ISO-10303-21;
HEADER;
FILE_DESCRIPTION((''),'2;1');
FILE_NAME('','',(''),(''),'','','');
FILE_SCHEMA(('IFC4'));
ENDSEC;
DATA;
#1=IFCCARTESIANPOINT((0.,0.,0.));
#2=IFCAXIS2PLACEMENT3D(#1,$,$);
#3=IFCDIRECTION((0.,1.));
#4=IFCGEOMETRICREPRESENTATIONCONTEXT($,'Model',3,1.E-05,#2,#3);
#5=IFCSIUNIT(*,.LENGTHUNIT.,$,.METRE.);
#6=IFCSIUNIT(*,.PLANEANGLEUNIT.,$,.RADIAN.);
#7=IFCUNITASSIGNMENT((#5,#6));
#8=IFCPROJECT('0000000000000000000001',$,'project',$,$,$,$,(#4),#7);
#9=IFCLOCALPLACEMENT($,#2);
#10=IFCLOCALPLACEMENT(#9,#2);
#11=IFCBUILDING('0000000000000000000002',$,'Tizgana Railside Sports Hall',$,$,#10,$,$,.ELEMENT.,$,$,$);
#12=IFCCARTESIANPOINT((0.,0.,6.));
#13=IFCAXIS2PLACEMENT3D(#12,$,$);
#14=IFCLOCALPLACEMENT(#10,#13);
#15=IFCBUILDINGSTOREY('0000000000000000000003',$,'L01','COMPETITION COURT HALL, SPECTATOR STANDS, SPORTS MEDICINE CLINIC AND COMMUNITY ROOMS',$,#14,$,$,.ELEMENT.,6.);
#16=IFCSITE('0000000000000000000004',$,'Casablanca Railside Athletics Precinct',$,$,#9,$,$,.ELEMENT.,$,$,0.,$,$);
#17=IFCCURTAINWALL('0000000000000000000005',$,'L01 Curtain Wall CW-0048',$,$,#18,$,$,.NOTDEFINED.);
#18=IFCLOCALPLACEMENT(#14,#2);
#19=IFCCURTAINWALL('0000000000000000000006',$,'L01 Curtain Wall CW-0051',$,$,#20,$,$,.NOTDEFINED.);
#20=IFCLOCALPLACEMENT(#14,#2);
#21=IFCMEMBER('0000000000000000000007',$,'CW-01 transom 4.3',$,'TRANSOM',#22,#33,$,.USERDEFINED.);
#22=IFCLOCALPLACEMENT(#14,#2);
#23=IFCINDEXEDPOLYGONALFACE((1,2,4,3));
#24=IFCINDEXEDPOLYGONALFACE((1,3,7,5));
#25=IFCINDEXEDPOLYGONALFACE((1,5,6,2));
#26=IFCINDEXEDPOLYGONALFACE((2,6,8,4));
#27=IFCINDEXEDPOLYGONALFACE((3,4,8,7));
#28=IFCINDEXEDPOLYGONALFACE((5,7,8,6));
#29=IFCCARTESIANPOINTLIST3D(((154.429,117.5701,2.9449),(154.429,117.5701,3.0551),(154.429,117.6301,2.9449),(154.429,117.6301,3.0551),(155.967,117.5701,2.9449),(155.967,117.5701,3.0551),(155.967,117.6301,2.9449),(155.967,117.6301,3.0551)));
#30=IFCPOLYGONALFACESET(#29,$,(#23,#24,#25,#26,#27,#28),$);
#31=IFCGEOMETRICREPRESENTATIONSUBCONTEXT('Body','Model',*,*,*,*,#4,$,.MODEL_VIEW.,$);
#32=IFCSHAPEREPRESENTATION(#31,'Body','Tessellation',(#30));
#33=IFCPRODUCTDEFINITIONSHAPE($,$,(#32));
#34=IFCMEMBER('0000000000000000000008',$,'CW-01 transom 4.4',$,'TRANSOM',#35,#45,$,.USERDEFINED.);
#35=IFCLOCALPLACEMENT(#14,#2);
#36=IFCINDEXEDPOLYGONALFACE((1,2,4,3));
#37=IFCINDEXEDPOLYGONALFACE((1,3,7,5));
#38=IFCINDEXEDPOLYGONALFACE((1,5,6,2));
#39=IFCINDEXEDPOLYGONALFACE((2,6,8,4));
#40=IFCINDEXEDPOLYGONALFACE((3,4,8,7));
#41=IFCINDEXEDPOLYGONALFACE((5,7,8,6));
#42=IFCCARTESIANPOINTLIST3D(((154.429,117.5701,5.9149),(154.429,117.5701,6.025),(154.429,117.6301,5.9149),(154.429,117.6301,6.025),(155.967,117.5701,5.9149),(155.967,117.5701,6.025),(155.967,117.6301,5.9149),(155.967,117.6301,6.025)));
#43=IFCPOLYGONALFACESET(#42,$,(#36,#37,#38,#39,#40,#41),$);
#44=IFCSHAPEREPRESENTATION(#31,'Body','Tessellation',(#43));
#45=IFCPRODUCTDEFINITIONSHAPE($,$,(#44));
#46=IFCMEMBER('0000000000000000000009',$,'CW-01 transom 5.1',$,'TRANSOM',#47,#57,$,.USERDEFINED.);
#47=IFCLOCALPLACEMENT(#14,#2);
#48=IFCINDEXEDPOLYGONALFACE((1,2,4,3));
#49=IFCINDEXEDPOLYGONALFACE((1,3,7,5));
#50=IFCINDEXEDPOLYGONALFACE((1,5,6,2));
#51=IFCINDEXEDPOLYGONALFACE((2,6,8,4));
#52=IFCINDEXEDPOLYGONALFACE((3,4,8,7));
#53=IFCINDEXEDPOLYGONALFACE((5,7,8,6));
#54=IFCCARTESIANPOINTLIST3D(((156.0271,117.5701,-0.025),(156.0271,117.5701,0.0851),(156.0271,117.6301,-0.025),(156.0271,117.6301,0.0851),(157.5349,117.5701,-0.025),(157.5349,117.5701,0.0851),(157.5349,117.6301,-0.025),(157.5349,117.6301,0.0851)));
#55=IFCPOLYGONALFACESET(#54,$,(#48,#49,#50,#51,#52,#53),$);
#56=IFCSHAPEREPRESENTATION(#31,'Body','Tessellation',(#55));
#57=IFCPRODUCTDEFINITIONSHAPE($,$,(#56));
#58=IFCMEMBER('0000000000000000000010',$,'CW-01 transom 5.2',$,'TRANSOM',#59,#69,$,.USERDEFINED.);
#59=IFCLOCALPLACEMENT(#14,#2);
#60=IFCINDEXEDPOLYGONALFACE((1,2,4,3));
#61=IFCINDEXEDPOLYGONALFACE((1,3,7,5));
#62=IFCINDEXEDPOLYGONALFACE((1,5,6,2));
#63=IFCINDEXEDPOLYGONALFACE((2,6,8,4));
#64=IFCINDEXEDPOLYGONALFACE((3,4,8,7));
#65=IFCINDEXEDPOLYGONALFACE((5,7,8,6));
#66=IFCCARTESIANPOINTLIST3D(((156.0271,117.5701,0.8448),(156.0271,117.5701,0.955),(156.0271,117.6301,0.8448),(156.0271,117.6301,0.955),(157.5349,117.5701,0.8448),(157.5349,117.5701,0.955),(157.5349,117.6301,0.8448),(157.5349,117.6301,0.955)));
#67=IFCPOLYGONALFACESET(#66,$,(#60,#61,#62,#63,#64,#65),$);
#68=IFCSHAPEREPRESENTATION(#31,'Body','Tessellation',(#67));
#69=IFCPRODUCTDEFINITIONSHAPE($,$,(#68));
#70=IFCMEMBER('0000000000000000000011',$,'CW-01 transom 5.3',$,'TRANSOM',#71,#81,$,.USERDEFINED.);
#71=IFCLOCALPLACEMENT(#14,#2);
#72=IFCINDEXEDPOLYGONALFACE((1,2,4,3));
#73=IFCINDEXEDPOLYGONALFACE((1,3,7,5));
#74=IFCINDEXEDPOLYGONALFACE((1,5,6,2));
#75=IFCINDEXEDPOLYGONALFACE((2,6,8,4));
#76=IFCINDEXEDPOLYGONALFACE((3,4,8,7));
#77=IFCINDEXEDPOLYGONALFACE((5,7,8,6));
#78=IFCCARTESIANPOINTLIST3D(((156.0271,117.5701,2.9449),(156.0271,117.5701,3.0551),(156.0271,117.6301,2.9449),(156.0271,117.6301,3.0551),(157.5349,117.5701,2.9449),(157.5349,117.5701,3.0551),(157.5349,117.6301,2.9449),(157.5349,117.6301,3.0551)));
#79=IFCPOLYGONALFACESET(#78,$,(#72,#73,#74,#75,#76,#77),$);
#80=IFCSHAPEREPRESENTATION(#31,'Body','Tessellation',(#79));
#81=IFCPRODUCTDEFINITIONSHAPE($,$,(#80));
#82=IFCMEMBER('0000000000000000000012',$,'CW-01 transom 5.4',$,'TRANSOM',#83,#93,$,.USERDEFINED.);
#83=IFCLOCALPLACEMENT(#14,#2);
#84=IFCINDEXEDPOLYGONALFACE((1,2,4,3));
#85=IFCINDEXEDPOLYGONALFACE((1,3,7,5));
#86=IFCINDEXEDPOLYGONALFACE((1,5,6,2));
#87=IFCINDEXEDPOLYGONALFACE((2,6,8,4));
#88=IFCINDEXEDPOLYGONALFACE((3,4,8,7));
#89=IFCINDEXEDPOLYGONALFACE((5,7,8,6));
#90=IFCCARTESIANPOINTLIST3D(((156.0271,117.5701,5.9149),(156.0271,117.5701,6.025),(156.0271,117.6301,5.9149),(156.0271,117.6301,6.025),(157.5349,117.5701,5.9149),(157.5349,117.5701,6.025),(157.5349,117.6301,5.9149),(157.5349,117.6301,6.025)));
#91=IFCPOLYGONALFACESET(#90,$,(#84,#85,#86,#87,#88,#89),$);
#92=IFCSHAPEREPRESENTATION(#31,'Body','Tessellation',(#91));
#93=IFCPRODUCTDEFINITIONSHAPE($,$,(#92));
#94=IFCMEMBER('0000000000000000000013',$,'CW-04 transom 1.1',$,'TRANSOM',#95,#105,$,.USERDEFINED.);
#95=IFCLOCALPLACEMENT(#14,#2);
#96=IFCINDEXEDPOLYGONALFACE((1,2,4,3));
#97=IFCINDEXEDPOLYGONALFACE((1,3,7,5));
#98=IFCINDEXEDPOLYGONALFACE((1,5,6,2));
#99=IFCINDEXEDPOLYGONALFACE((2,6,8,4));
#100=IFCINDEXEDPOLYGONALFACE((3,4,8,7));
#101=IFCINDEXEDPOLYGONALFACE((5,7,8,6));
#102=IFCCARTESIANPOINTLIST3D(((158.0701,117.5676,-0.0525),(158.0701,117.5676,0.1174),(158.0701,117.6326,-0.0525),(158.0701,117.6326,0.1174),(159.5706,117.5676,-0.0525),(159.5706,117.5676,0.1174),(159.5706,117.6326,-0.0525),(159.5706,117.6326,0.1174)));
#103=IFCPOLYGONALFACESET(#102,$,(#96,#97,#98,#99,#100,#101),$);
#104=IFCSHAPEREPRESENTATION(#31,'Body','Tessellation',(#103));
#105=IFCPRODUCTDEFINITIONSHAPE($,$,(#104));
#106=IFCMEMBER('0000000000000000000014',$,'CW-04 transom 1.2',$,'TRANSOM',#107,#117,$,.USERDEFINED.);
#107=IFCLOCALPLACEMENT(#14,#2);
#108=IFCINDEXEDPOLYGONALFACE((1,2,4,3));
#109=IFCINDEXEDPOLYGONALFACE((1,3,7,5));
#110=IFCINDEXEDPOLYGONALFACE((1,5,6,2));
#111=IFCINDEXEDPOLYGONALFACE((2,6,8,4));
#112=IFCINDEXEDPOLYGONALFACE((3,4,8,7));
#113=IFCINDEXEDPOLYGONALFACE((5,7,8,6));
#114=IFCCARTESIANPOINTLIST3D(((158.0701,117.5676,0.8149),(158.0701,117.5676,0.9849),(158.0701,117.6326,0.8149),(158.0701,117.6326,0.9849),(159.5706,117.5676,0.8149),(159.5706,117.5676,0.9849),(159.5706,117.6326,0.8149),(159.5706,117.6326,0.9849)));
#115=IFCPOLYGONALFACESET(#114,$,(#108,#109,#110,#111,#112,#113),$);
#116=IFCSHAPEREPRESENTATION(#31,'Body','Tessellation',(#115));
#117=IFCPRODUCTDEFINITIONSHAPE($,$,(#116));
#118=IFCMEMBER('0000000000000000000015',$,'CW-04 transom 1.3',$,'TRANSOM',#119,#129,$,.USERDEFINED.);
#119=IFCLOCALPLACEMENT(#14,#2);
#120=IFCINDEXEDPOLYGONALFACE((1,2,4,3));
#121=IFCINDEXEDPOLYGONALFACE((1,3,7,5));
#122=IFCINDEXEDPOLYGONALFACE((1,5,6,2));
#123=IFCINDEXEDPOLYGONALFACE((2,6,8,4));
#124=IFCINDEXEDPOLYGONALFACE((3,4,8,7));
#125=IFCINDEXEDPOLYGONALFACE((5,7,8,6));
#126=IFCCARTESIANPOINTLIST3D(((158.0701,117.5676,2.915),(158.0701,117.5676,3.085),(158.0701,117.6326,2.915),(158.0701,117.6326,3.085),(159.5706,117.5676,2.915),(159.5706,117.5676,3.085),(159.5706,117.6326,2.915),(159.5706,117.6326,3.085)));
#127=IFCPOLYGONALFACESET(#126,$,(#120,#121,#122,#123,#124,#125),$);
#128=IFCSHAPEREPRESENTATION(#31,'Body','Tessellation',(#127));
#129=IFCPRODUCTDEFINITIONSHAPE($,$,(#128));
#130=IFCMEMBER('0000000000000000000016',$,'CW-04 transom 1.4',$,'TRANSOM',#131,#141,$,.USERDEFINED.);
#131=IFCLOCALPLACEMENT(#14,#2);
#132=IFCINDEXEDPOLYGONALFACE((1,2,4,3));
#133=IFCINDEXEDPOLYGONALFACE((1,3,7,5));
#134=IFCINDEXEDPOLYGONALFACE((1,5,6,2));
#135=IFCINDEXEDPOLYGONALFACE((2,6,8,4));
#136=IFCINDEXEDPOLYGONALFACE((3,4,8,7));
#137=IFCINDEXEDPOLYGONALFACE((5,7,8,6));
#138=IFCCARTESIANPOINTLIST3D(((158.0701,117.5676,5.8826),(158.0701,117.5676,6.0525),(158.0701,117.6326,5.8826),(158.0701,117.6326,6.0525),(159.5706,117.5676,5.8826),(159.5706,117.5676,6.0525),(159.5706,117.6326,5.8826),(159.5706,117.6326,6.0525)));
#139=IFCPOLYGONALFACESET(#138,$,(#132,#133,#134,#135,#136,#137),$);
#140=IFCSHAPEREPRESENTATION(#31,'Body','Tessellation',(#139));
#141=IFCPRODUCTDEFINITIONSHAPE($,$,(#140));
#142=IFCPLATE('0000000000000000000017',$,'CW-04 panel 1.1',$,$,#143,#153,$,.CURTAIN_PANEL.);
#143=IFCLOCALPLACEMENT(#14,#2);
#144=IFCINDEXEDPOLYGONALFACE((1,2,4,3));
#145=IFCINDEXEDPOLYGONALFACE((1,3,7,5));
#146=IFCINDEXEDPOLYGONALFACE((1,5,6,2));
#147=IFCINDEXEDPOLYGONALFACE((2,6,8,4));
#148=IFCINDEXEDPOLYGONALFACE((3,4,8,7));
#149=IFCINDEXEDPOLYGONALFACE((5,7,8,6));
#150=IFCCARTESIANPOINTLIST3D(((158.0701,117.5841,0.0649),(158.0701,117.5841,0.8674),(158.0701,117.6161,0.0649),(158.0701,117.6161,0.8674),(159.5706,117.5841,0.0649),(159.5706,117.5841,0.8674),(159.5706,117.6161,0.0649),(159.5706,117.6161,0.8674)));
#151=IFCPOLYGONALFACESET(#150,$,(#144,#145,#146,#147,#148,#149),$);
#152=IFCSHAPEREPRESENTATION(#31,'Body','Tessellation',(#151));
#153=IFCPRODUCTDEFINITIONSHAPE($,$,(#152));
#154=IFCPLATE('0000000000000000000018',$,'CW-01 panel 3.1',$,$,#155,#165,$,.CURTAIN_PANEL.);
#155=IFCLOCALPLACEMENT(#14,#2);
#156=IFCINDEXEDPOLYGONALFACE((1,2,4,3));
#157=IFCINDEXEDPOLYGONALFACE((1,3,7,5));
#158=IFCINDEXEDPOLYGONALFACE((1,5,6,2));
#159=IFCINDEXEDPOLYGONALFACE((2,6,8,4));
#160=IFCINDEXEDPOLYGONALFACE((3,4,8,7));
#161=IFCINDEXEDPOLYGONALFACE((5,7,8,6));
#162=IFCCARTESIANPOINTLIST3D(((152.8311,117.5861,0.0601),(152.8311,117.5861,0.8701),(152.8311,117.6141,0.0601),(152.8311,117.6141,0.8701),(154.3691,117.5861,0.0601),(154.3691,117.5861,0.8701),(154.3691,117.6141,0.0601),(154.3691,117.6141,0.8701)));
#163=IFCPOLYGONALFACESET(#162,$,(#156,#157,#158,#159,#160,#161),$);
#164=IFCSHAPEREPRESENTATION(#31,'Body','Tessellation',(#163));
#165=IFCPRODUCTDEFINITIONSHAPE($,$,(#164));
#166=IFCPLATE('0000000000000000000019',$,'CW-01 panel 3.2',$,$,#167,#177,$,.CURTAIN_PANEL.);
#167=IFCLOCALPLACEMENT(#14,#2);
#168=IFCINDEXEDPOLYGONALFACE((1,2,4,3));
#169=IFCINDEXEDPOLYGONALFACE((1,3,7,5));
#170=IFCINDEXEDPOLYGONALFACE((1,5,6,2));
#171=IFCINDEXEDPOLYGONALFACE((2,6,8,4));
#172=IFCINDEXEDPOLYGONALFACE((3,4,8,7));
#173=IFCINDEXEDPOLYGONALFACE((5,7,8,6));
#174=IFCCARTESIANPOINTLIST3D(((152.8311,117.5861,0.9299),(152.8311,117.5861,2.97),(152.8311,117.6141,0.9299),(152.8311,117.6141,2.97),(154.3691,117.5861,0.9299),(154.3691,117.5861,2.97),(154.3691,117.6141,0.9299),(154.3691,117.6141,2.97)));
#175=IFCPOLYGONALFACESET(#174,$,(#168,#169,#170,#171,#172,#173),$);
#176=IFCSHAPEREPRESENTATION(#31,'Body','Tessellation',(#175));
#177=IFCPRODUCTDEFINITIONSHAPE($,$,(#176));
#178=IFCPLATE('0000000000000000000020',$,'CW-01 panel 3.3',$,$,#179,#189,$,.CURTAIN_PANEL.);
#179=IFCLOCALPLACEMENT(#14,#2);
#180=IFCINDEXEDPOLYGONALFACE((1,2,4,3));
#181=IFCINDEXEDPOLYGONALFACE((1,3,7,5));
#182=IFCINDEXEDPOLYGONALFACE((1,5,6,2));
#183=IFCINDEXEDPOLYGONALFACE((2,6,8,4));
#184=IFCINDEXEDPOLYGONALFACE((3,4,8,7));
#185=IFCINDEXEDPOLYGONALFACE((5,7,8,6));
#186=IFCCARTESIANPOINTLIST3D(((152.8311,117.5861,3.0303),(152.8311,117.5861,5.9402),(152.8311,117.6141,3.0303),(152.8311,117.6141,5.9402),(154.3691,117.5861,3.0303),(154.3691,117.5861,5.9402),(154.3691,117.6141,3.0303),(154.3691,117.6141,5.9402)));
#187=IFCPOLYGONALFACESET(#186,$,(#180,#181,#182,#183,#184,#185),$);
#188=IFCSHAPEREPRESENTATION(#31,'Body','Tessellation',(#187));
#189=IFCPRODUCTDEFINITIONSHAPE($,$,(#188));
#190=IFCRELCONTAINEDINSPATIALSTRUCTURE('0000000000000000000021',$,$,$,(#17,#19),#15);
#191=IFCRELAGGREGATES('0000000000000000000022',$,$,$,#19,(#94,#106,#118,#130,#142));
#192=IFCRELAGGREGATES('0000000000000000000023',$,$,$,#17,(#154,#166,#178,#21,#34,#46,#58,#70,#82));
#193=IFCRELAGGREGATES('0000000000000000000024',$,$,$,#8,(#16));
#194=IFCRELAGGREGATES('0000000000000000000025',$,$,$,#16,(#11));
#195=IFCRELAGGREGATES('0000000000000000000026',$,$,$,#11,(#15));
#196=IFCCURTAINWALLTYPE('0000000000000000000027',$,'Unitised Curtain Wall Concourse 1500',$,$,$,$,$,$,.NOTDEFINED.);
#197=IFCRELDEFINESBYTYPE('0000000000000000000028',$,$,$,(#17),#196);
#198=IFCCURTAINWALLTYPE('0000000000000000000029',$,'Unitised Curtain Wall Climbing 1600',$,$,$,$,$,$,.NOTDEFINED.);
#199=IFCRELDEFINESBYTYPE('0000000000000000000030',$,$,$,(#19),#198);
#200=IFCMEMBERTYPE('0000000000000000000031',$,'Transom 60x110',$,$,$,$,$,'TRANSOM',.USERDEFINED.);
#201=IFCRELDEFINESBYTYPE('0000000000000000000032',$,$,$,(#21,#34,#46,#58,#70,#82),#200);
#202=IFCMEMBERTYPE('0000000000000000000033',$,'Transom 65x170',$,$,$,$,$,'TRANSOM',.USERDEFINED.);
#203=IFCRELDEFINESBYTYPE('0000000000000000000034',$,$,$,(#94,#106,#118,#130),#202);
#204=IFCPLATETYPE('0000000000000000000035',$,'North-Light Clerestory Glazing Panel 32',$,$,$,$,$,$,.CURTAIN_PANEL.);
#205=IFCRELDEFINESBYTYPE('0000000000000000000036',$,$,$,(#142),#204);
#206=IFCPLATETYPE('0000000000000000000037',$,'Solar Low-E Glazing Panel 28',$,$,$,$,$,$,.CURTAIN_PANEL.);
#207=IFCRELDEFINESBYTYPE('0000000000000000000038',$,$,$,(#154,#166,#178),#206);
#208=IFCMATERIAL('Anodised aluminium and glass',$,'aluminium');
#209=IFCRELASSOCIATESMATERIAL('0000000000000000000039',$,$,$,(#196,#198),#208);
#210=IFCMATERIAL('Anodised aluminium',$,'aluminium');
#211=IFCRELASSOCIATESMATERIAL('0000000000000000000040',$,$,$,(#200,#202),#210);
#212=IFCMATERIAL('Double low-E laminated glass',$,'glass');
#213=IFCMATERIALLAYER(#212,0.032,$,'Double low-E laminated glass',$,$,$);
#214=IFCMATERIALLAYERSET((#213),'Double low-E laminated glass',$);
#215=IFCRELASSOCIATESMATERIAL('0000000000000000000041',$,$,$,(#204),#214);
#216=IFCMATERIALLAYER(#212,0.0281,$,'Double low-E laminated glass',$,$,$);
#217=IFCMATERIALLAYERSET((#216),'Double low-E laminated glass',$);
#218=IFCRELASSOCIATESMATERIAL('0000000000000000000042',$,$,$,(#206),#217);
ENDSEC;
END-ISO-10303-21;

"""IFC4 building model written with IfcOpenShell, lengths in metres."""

from ifc_helpers import new_model, si_unit, direction, frame, origin, origin_2d, place, context, subcontext, project, spatial, rectangle, extrude, material, layer, layer_set, material_profile, profile_set, type_object, element, aggregate, save


model = new_model("IFC4")

# Units and contexts
model_context = context("Model", 3, precision=1e-05, world=origin(), true_north=direction((0.0, 1.0)))
body_context = subcontext(model_context, "Body", "Model", "MODEL_VIEW")
ifc_project = project(units=[si_unit("LENGTHUNIT", "METRE"), si_unit("PLANEANGLEUNIT", "RADIAN")], contexts=[model_context])

# Site, building, storey
site_placement = place(None, origin())
site = spatial("IfcSite", under=ifc_project, at=site_placement, Name="Casablanca Railside Athletics Precinct", CompositionType="ELEMENT", RefElevation=0.0)
building_placement = place(site_placement, origin())
building = spatial("IfcBuilding", under=site, at=building_placement, Name="Tizgana Railside Sports Hall", CompositionType="ELEMENT")
storey_placement = place(building_placement, frame((0.0, 0.0, 6.0)))
storey = spatial("IfcBuildingStorey", under=building, at=storey_placement, Name="L01", Description="COMPETITION COURT HALL, SPECTATOR STANDS, SPORTS MEDICINE CLINIC AND COMMUNITY ROOMS", CompositionType="ELEMENT", Elevation=6.0)

# Curtain wall
ifc_material_1 = material(Name="Anodised aluminium and glass", Category="aluminium")
curtain_wall_type_1 = type_object("IfcCurtainWallType", Name="Unitised Curtain Wall Concourse 1500", PredefinedType="NOTDEFINED", material=ifc_material_1)
curtain_wall_1_placement = place(storey_placement, origin())
curtain_wall_1 = element("IfcCurtainWall", 1, at=curtain_wall_1_placement, inside=storey, type_object=curtain_wall_type_1, Name="L01 Curtain Wall CW-0048", PredefinedType="NOTDEFINED")
ifc_material_2 = material(Name="Anodised aluminium", Category="aluminium")

# Curtain wall
curtain_wall_type_2 = type_object("IfcCurtainWallType", Name="Unitised Curtain Wall Climbing 1600", PredefinedType="NOTDEFINED", material=ifc_material_1)
curtain_wall_2_placement = place(storey_placement, origin())
curtain_wall_2 = element("IfcCurtainWall", 2, at=curtain_wall_2_placement, inside=storey, type_object=curtain_wall_type_2, Name="L01 Curtain Wall CW-0051", PredefinedType="NOTDEFINED")

# Members
ifc_material_profile_1 = material_profile(ifc_material_2, rectangle(XDim=0.0601, YDim=0.1101, at=origin_2d()), Name="Transom 60x110")
ifc_profile_set_1 = profile_set([ifc_material_profile_1], Name="Anodised aluminium")
member_type_1 = type_object("IfcMemberType", Name="Transom 60x110", ElementType="TRANSOM", PredefinedType="USERDEFINED", material=ifc_profile_set_1)
member_1_placement = place(storey_placement, frame((154.429, 117.6001, 3.0), z_axis=(1.0, 0.0, 0.0), x_axis=(0.0, 1.0, 0.0)))
member_1 = element("IfcMember", 3, at=member_1_placement, type_object=member_type_1, Name="CW-01 transom 4.3", ObjectType="TRANSOM", PredefinedType="USERDEFINED", context=body_context, shape_type="SweptSolid", body=[
    extrude(rectangle(XDim=0.0601, YDim=0.1101, at=origin_2d()), origin(), (0.0, 0.0, 1.0), 1.5381),
])
member_2_placement = place(storey_placement, frame((154.429, 117.6001, 5.97), z_axis=(1.0, 0.0, 0.0), x_axis=(0.0, 1.0, 0.0)))
member_2 = element("IfcMember", 4, at=member_2_placement, type_object=member_type_1, Name="CW-01 transom 4.4", ObjectType="TRANSOM", PredefinedType="USERDEFINED", context=body_context, shape_type="SweptSolid", body=[
    extrude(rectangle(XDim=0.0601, YDim=0.1101, at=origin_2d()), origin(), (0.0, 0.0, 1.0), 1.5381),
])
member_3_placement = place(storey_placement, frame((156.0271, 117.6001, 0.03), z_axis=(1.0, 0.0, 0.0), x_axis=(0.0, 1.0, 0.0)))
member_3 = element("IfcMember", 5, at=member_3_placement, type_object=member_type_1, Name="CW-01 transom 5.1", ObjectType="TRANSOM", PredefinedType="USERDEFINED", context=body_context, shape_type="SweptSolid", body=[
    extrude(rectangle(XDim=0.0601, YDim=0.1101, at=origin_2d()), origin(), (0.0, 0.0, 1.0), 1.5078),
])
member_4_placement = place(storey_placement, frame((156.0271, 117.6001, 0.8999), z_axis=(1.0, 0.0, 0.0), x_axis=(0.0, 1.0, 0.0)))
member_4 = element("IfcMember", 6, at=member_4_placement, type_object=member_type_1, Name="CW-01 transom 5.2", ObjectType="TRANSOM", PredefinedType="USERDEFINED", context=body_context, shape_type="SweptSolid", body=[
    extrude(rectangle(XDim=0.0601, YDim=0.1101, at=origin_2d()), origin(), (0.0, 0.0, 1.0), 1.5078),
])
member_5_placement = place(storey_placement, frame((156.0271, 117.6001, 3.0), z_axis=(1.0, 0.0, 0.0), x_axis=(0.0, 1.0, 0.0)))
member_5 = element("IfcMember", 7, at=member_5_placement, type_object=member_type_1, Name="CW-01 transom 5.3", ObjectType="TRANSOM", PredefinedType="USERDEFINED", context=body_context, shape_type="SweptSolid", body=[
    extrude(rectangle(XDim=0.0601, YDim=0.1101, at=origin_2d()), origin(), (0.0, 0.0, 1.0), 1.5078),
])
member_6_placement = place(storey_placement, frame((156.0271, 117.6001, 5.97), z_axis=(1.0, 0.0, 0.0), x_axis=(0.0, 1.0, 0.0)))
member_6 = element("IfcMember", 8, at=member_6_placement, type_object=member_type_1, Name="CW-01 transom 5.4", ObjectType="TRANSOM", PredefinedType="USERDEFINED", context=body_context, shape_type="SweptSolid", body=[
    extrude(rectangle(XDim=0.0601, YDim=0.1101, at=origin_2d()), origin(), (0.0, 0.0, 1.0), 1.5078),
])
ifc_material_profile_2 = material_profile(ifc_material_2, rectangle(XDim=0.0649, YDim=0.1699, at=origin_2d()), Name="Transom 65x170")
ifc_profile_set_2 = profile_set([ifc_material_profile_2], Name="Anodised aluminium")
member_type_2 = type_object("IfcMemberType", Name="Transom 65x170", ElementType="TRANSOM", PredefinedType="USERDEFINED", material=ifc_profile_set_2)
member_7_placement = place(storey_placement, frame((158.0701, 117.6001, 0.0325), z_axis=(1.0, 0.0, 0.0), x_axis=(0.0, 1.0, 0.0)))
member_7 = element("IfcMember", 9, at=member_7_placement, type_object=member_type_2, Name="CW-04 transom 1.1", ObjectType="TRANSOM", PredefinedType="USERDEFINED", context=body_context, shape_type="SweptSolid", body=[
    extrude(rectangle(XDim=0.0649, YDim=0.1699, at=origin_2d()), origin(), (0.0, 0.0, 1.0), 1.5005),
])
member_8_placement = place(storey_placement, frame((158.0701, 117.6001, 0.8999), z_axis=(1.0, 0.0, 0.0), x_axis=(0.0, 1.0, 0.0)))
member_8 = element("IfcMember", 10, at=member_8_placement, type_object=member_type_2, Name="CW-04 transom 1.2", ObjectType="TRANSOM", PredefinedType="USERDEFINED", context=body_context, shape_type="SweptSolid", body=[
    extrude(rectangle(XDim=0.0649, YDim=0.1699, at=origin_2d()), origin(), (0.0, 0.0, 1.0), 1.5005),
])
member_9_placement = place(storey_placement, frame((158.0701, 117.6001, 3.0), z_axis=(1.0, 0.0, 0.0), x_axis=(0.0, 1.0, 0.0)))
member_9 = element("IfcMember", 11, at=member_9_placement, type_object=member_type_2, Name="CW-04 transom 1.3", ObjectType="TRANSOM", PredefinedType="USERDEFINED", context=body_context, shape_type="SweptSolid", body=[
    extrude(rectangle(XDim=0.0649, YDim=0.1699, at=origin_2d()), origin(), (0.0, 0.0, 1.0), 1.5005),
])
member_10_placement = place(storey_placement, frame((158.0701, 117.6001, 5.9675), z_axis=(1.0, 0.0, 0.0), x_axis=(0.0, 1.0, 0.0)))
member_10 = element("IfcMember", 12, at=member_10_placement, type_object=member_type_2, Name="CW-04 transom 1.4", ObjectType="TRANSOM", PredefinedType="USERDEFINED", context=body_context, shape_type="SweptSolid", body=[
    extrude(rectangle(XDim=0.0649, YDim=0.1699, at=origin_2d()), origin(), (0.0, 0.0, 1.0), 1.5005),
])

# Plates
ifc_material_3 = material(Name="Double low-E laminated glass", Category="glass")
ifc_layer_1 = layer(ifc_material_3, 0.032, Name="Double low-E laminated glass")
ifc_layer_set_1 = layer_set([ifc_layer_1], Name="Double low-E laminated glass")
plate_type_1 = type_object("IfcPlateType", Name="North-Light Clerestory Glazing Panel 32", PredefinedType="CURTAIN_PANEL", material=ifc_layer_set_1)
plate_1_placement = place(storey_placement, frame((158.8203, 117.6001, 0.0649), z_axis=(0.0, 0.0, 1.0), x_axis=(1.0, 0.0, 0.0)))
plate_1 = element("IfcPlate", 13, at=plate_1_placement, type_object=plate_type_1, Name="CW-04 panel 1.1", PredefinedType="CURTAIN_PANEL", context=body_context, shape_type="SweptSolid", body=[
    extrude(rectangle(XDim=1.5005, YDim=0.032, at=origin_2d()), origin(), (0.0, 0.0, 1.0), 0.8025),
])
aggregate(curtain_wall_2, [member_7, member_8, member_9, member_10, plate_1])
ifc_layer_2 = layer(ifc_material_3, 0.0281, Name="Double low-E laminated glass")
ifc_layer_set_2 = layer_set([ifc_layer_2], Name="Double low-E laminated glass")
plate_type_2 = type_object("IfcPlateType", Name="Solar Low-E Glazing Panel 28", PredefinedType="CURTAIN_PANEL", material=ifc_layer_set_2)
plate_2_placement = place(storey_placement, frame((153.6001, 117.6001, 0.0601), z_axis=(0.0, 0.0, 1.0), x_axis=(1.0, 0.0, 0.0)))
plate_2 = element("IfcPlate", 14, at=plate_2_placement, type_object=plate_type_2, Name="CW-01 panel 3.1", PredefinedType="CURTAIN_PANEL", context=body_context, shape_type="SweptSolid", body=[
    extrude(rectangle(XDim=1.5381, YDim=0.0281, at=origin_2d()), origin(), (0.0, 0.0, 1.0), 0.8101),
])
plate_3_placement = place(storey_placement, frame((153.6001, 117.6001, 0.9299), z_axis=(0.0, 0.0, 1.0), x_axis=(1.0, 0.0, 0.0)))
plate_3 = element("IfcPlate", 15, at=plate_3_placement, type_object=plate_type_2, Name="CW-01 panel 3.2", PredefinedType="CURTAIN_PANEL", context=body_context, shape_type="SweptSolid", body=[
    extrude(rectangle(XDim=1.5381, YDim=0.0281, at=origin_2d()), origin(), (0.0, 0.0, 1.0), 2.04),
])
plate_4_placement = place(storey_placement, frame((153.6001, 117.6001, 3.0303), z_axis=(0.0, 0.0, 1.0), x_axis=(1.0, 0.0, 0.0)))
plate_4 = element("IfcPlate", 16, at=plate_4_placement, type_object=plate_type_2, Name="CW-01 panel 3.3", PredefinedType="CURTAIN_PANEL", context=body_context, shape_type="SweptSolid", body=[
    extrude(rectangle(XDim=1.5381, YDim=0.0281, at=origin_2d()), origin(), (0.0, 0.0, 1.0), 2.9099),
])
aggregate(curtain_wall_1, [plate_2, plate_3, plate_4, member_1, member_2, member_3, member_4, member_5, member_6])

save(model, "model.ifc")
